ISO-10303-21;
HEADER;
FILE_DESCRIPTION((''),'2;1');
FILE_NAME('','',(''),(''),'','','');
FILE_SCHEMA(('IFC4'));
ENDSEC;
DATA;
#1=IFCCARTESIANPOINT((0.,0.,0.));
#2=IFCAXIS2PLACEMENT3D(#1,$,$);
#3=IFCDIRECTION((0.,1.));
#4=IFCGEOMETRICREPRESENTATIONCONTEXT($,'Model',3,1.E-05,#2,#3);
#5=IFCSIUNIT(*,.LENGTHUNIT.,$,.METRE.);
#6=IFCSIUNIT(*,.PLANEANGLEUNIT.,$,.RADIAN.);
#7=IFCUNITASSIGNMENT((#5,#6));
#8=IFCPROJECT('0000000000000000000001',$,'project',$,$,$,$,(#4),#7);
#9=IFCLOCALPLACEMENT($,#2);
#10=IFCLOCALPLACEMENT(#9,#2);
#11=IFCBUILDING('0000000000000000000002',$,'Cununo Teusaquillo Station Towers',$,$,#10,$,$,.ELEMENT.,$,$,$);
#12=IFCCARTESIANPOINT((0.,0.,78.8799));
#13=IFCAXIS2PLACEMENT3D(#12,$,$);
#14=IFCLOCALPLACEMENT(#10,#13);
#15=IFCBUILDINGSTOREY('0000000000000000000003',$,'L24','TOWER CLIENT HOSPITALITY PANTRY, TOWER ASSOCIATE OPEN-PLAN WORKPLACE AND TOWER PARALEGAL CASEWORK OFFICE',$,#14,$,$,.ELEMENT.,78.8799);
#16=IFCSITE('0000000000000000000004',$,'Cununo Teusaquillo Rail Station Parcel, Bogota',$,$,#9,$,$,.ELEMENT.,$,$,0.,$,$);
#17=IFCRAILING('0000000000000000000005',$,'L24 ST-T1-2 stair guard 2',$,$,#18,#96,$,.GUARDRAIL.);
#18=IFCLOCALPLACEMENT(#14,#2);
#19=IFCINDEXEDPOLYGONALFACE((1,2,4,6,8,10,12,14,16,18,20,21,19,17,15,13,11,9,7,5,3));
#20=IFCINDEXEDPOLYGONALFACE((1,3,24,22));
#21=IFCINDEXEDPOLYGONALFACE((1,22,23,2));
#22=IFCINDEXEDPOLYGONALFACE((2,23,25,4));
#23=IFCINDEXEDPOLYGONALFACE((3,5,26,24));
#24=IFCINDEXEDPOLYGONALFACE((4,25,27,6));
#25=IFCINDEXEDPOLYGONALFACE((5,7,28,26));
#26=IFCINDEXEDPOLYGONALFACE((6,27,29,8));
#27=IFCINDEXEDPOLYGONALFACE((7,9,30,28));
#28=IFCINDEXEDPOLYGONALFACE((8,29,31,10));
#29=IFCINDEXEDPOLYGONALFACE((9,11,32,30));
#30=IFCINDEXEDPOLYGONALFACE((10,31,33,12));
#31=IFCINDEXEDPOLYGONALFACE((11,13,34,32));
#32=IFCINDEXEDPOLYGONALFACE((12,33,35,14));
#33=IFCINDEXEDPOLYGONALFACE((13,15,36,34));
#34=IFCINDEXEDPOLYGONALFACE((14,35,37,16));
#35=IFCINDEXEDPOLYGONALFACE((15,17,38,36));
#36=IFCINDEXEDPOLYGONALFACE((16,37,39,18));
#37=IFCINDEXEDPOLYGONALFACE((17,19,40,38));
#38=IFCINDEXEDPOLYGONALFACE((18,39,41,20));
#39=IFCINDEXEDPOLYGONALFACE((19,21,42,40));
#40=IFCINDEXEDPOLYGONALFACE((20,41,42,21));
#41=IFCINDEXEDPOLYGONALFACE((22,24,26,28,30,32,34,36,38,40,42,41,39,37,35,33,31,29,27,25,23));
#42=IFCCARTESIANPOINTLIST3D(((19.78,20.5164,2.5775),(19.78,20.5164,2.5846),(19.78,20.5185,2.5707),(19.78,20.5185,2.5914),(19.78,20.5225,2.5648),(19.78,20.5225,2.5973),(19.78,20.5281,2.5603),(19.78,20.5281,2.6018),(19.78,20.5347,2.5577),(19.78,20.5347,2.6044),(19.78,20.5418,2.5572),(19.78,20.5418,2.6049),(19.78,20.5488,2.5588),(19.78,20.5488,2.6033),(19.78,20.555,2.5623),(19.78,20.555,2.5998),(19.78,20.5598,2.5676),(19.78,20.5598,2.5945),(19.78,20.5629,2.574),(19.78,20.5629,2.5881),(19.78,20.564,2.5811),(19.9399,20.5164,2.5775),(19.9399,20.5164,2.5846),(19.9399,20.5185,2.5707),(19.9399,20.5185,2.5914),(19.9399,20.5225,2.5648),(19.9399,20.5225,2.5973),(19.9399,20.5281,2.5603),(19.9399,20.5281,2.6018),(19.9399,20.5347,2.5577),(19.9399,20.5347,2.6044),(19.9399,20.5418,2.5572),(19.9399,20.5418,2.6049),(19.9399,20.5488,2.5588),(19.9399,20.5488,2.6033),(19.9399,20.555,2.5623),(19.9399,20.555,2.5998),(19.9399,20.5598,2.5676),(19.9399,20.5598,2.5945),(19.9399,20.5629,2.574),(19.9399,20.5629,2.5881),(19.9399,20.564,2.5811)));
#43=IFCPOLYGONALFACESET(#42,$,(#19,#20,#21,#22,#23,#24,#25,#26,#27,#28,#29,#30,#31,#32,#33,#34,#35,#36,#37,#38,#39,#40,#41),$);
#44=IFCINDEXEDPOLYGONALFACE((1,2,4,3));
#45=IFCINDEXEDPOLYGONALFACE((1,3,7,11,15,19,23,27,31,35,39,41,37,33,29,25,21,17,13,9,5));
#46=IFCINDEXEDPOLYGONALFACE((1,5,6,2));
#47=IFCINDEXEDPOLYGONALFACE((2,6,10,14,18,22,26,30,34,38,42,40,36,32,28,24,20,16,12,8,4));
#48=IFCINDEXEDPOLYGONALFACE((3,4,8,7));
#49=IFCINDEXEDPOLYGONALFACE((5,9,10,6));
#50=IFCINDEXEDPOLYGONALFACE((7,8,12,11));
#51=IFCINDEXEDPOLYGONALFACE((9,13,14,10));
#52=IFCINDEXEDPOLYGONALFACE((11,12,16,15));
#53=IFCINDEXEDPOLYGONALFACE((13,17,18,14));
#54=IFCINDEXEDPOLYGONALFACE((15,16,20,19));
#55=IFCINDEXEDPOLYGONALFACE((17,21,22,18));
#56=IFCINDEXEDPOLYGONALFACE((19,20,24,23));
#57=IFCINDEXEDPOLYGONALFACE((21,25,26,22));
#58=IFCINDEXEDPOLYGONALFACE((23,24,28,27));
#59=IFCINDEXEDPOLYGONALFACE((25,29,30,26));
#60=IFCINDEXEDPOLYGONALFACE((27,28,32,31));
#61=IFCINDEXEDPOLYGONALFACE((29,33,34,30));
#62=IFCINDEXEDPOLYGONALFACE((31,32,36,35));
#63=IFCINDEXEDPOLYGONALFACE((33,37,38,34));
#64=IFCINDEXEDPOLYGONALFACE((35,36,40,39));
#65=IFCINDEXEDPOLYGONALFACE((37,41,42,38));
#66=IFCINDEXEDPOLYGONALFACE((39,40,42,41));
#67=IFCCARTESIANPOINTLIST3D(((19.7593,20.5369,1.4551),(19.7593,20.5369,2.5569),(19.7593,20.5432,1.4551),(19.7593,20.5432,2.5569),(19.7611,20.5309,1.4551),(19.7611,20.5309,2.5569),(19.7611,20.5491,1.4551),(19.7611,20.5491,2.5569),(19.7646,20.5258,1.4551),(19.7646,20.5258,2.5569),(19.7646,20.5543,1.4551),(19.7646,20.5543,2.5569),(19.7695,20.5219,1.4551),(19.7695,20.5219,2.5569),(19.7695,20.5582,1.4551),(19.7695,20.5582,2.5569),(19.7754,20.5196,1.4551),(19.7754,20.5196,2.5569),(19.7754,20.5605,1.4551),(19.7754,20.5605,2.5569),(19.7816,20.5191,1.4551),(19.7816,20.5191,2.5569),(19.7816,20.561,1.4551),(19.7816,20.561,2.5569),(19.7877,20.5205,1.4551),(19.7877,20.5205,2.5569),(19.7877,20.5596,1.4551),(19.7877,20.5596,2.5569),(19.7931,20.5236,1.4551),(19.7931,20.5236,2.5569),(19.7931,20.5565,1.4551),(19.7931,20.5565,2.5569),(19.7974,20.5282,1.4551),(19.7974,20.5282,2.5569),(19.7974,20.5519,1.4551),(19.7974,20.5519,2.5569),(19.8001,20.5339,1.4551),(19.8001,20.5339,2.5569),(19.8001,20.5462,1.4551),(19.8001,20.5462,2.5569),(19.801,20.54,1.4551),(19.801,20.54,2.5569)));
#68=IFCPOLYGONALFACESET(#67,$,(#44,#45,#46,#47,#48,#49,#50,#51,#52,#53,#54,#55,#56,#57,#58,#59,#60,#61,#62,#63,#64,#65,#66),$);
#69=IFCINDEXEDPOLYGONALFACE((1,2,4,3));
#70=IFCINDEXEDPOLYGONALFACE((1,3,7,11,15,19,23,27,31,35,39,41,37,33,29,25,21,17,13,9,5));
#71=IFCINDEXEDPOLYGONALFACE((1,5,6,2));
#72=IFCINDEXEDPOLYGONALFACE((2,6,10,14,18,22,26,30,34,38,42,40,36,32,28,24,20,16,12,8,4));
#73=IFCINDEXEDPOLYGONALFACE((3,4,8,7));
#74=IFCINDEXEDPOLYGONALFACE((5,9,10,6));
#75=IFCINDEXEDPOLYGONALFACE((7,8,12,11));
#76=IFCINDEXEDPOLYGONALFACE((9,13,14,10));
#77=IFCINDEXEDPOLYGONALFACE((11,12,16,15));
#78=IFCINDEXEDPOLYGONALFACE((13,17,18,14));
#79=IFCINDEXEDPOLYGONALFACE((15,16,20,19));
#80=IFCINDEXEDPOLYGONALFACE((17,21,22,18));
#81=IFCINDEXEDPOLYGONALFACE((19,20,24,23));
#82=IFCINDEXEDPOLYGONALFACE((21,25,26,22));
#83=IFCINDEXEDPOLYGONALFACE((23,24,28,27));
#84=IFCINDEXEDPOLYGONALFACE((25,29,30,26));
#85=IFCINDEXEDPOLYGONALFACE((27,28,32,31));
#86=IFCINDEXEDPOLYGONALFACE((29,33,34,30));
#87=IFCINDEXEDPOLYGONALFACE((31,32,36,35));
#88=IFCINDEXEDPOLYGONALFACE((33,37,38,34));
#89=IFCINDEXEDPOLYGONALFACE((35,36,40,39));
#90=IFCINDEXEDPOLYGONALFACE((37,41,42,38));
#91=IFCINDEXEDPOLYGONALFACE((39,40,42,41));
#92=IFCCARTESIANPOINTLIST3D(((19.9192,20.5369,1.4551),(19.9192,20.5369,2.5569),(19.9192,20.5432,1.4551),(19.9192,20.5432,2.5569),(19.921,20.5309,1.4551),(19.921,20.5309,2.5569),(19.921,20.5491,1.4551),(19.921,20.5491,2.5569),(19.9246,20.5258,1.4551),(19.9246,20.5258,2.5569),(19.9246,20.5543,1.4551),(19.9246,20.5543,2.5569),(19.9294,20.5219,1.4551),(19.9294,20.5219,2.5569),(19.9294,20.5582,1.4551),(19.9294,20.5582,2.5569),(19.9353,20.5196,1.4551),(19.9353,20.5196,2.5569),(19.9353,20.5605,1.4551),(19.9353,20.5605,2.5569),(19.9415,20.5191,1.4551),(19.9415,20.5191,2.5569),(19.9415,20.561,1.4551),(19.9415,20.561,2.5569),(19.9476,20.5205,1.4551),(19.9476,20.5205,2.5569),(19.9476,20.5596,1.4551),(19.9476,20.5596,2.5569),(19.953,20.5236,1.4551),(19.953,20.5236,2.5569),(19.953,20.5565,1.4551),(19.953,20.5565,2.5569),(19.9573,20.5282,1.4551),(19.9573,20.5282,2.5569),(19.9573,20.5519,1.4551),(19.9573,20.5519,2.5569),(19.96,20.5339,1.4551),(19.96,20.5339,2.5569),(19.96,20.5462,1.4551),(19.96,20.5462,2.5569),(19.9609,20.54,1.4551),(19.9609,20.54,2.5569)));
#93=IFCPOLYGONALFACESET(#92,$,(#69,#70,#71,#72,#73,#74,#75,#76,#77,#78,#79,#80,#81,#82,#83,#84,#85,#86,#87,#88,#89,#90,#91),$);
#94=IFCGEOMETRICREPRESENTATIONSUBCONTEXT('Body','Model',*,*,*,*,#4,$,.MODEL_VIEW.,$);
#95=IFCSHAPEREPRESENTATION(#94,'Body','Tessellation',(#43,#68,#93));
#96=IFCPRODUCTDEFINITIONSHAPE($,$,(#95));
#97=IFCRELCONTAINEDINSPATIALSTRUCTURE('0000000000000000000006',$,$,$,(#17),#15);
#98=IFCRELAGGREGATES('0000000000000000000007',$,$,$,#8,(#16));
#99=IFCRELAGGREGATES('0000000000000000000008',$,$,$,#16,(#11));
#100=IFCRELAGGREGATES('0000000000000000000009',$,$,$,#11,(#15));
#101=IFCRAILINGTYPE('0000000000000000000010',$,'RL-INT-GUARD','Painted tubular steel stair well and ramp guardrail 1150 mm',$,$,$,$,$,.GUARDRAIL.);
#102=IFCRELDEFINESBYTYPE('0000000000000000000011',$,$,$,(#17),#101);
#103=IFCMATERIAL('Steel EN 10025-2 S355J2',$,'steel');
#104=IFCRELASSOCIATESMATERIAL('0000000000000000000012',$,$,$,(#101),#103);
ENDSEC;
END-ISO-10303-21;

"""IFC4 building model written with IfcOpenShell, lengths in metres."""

from ifc_helpers import new_model, si_unit, direction, frame, origin, origin_2d, place, context, subcontext, project, spatial, circle, extrude, material, type_object, element, save


model = new_model("IFC4")

# Units and contexts
model_context = context("Model", 3, precision=1e-05, world=origin(), true_north=direction((0.0, 1.0)))
body_context = subcontext(model_context, "Body", "Model", "MODEL_VIEW")
ifc_project = project(units=[si_unit("LENGTHUNIT", "METRE"), si_unit("PLANEANGLEUNIT", "RADIAN")], contexts=[model_context])

# Site, building, storey
site_placement = place(None, origin())
site = spatial("IfcSite", under=ifc_project, at=site_placement, Name="Cununo Teusaquillo Rail Station Parcel, Bogota", CompositionType="ELEMENT", RefElevation=0.0)
building_placement = place(site_placement, origin())
building = spatial("IfcBuilding", under=site, at=building_placement, Name="Cununo Teusaquillo Station Towers", CompositionType="ELEMENT")
storey_placement = place(building_placement, frame((0.0, 0.0, 78.8799)))
storey = spatial("IfcBuildingStorey", under=building, at=storey_placement, Name="L24", Description="TOWER CLIENT HOSPITALITY PANTRY, TOWER ASSOCIATE OPEN-PLAN WORKPLACE AND TOWER PARALEGAL CASEWORK OFFICE", CompositionType="ELEMENT", Elevation=78.8799)

# Railing
ifc_material_1 = material(Name="Steel EN 10025-2 S355J2", Category="steel")
railing_type_1 = type_object("IfcRailingType", Name="RL-INT-GUARD", Description="Painted tubular steel stair well and ramp guardrail 1150 mm", PredefinedType="GUARDRAIL", material=ifc_material_1)
railing_1_placement = place(storey_placement, frame((19.78, 20.54, 1.4551)))
element("IfcRailing", 1, at=railing_1_placement, inside=storey, type_object=railing_type_1, Name="L24 ST-T1-2 stair guard 2", PredefinedType="GUARDRAIL", context=body_context, shape_type="SweptSolid", body=[
    extrude(circle(Radius=0.0239, at=origin_2d()), frame((0.0, 0.0, 1.126), z_axis=(1.0, 0.0, 0.0), x_axis=(0.0, 1.0, 0.0)), (0.0, 0.0, 1.0), 0.1599),
    extrude(circle(Radius=0.021, at=origin_2d()), origin(), (0.0, 0.0, 1.0), 1.1018),
    extrude(circle(Radius=0.021, at=origin_2d()), frame((0.1599, 0.0, 0.0)), (0.0, 0.0, 1.0), 1.1018),
])

save(model, "model.ifc")
